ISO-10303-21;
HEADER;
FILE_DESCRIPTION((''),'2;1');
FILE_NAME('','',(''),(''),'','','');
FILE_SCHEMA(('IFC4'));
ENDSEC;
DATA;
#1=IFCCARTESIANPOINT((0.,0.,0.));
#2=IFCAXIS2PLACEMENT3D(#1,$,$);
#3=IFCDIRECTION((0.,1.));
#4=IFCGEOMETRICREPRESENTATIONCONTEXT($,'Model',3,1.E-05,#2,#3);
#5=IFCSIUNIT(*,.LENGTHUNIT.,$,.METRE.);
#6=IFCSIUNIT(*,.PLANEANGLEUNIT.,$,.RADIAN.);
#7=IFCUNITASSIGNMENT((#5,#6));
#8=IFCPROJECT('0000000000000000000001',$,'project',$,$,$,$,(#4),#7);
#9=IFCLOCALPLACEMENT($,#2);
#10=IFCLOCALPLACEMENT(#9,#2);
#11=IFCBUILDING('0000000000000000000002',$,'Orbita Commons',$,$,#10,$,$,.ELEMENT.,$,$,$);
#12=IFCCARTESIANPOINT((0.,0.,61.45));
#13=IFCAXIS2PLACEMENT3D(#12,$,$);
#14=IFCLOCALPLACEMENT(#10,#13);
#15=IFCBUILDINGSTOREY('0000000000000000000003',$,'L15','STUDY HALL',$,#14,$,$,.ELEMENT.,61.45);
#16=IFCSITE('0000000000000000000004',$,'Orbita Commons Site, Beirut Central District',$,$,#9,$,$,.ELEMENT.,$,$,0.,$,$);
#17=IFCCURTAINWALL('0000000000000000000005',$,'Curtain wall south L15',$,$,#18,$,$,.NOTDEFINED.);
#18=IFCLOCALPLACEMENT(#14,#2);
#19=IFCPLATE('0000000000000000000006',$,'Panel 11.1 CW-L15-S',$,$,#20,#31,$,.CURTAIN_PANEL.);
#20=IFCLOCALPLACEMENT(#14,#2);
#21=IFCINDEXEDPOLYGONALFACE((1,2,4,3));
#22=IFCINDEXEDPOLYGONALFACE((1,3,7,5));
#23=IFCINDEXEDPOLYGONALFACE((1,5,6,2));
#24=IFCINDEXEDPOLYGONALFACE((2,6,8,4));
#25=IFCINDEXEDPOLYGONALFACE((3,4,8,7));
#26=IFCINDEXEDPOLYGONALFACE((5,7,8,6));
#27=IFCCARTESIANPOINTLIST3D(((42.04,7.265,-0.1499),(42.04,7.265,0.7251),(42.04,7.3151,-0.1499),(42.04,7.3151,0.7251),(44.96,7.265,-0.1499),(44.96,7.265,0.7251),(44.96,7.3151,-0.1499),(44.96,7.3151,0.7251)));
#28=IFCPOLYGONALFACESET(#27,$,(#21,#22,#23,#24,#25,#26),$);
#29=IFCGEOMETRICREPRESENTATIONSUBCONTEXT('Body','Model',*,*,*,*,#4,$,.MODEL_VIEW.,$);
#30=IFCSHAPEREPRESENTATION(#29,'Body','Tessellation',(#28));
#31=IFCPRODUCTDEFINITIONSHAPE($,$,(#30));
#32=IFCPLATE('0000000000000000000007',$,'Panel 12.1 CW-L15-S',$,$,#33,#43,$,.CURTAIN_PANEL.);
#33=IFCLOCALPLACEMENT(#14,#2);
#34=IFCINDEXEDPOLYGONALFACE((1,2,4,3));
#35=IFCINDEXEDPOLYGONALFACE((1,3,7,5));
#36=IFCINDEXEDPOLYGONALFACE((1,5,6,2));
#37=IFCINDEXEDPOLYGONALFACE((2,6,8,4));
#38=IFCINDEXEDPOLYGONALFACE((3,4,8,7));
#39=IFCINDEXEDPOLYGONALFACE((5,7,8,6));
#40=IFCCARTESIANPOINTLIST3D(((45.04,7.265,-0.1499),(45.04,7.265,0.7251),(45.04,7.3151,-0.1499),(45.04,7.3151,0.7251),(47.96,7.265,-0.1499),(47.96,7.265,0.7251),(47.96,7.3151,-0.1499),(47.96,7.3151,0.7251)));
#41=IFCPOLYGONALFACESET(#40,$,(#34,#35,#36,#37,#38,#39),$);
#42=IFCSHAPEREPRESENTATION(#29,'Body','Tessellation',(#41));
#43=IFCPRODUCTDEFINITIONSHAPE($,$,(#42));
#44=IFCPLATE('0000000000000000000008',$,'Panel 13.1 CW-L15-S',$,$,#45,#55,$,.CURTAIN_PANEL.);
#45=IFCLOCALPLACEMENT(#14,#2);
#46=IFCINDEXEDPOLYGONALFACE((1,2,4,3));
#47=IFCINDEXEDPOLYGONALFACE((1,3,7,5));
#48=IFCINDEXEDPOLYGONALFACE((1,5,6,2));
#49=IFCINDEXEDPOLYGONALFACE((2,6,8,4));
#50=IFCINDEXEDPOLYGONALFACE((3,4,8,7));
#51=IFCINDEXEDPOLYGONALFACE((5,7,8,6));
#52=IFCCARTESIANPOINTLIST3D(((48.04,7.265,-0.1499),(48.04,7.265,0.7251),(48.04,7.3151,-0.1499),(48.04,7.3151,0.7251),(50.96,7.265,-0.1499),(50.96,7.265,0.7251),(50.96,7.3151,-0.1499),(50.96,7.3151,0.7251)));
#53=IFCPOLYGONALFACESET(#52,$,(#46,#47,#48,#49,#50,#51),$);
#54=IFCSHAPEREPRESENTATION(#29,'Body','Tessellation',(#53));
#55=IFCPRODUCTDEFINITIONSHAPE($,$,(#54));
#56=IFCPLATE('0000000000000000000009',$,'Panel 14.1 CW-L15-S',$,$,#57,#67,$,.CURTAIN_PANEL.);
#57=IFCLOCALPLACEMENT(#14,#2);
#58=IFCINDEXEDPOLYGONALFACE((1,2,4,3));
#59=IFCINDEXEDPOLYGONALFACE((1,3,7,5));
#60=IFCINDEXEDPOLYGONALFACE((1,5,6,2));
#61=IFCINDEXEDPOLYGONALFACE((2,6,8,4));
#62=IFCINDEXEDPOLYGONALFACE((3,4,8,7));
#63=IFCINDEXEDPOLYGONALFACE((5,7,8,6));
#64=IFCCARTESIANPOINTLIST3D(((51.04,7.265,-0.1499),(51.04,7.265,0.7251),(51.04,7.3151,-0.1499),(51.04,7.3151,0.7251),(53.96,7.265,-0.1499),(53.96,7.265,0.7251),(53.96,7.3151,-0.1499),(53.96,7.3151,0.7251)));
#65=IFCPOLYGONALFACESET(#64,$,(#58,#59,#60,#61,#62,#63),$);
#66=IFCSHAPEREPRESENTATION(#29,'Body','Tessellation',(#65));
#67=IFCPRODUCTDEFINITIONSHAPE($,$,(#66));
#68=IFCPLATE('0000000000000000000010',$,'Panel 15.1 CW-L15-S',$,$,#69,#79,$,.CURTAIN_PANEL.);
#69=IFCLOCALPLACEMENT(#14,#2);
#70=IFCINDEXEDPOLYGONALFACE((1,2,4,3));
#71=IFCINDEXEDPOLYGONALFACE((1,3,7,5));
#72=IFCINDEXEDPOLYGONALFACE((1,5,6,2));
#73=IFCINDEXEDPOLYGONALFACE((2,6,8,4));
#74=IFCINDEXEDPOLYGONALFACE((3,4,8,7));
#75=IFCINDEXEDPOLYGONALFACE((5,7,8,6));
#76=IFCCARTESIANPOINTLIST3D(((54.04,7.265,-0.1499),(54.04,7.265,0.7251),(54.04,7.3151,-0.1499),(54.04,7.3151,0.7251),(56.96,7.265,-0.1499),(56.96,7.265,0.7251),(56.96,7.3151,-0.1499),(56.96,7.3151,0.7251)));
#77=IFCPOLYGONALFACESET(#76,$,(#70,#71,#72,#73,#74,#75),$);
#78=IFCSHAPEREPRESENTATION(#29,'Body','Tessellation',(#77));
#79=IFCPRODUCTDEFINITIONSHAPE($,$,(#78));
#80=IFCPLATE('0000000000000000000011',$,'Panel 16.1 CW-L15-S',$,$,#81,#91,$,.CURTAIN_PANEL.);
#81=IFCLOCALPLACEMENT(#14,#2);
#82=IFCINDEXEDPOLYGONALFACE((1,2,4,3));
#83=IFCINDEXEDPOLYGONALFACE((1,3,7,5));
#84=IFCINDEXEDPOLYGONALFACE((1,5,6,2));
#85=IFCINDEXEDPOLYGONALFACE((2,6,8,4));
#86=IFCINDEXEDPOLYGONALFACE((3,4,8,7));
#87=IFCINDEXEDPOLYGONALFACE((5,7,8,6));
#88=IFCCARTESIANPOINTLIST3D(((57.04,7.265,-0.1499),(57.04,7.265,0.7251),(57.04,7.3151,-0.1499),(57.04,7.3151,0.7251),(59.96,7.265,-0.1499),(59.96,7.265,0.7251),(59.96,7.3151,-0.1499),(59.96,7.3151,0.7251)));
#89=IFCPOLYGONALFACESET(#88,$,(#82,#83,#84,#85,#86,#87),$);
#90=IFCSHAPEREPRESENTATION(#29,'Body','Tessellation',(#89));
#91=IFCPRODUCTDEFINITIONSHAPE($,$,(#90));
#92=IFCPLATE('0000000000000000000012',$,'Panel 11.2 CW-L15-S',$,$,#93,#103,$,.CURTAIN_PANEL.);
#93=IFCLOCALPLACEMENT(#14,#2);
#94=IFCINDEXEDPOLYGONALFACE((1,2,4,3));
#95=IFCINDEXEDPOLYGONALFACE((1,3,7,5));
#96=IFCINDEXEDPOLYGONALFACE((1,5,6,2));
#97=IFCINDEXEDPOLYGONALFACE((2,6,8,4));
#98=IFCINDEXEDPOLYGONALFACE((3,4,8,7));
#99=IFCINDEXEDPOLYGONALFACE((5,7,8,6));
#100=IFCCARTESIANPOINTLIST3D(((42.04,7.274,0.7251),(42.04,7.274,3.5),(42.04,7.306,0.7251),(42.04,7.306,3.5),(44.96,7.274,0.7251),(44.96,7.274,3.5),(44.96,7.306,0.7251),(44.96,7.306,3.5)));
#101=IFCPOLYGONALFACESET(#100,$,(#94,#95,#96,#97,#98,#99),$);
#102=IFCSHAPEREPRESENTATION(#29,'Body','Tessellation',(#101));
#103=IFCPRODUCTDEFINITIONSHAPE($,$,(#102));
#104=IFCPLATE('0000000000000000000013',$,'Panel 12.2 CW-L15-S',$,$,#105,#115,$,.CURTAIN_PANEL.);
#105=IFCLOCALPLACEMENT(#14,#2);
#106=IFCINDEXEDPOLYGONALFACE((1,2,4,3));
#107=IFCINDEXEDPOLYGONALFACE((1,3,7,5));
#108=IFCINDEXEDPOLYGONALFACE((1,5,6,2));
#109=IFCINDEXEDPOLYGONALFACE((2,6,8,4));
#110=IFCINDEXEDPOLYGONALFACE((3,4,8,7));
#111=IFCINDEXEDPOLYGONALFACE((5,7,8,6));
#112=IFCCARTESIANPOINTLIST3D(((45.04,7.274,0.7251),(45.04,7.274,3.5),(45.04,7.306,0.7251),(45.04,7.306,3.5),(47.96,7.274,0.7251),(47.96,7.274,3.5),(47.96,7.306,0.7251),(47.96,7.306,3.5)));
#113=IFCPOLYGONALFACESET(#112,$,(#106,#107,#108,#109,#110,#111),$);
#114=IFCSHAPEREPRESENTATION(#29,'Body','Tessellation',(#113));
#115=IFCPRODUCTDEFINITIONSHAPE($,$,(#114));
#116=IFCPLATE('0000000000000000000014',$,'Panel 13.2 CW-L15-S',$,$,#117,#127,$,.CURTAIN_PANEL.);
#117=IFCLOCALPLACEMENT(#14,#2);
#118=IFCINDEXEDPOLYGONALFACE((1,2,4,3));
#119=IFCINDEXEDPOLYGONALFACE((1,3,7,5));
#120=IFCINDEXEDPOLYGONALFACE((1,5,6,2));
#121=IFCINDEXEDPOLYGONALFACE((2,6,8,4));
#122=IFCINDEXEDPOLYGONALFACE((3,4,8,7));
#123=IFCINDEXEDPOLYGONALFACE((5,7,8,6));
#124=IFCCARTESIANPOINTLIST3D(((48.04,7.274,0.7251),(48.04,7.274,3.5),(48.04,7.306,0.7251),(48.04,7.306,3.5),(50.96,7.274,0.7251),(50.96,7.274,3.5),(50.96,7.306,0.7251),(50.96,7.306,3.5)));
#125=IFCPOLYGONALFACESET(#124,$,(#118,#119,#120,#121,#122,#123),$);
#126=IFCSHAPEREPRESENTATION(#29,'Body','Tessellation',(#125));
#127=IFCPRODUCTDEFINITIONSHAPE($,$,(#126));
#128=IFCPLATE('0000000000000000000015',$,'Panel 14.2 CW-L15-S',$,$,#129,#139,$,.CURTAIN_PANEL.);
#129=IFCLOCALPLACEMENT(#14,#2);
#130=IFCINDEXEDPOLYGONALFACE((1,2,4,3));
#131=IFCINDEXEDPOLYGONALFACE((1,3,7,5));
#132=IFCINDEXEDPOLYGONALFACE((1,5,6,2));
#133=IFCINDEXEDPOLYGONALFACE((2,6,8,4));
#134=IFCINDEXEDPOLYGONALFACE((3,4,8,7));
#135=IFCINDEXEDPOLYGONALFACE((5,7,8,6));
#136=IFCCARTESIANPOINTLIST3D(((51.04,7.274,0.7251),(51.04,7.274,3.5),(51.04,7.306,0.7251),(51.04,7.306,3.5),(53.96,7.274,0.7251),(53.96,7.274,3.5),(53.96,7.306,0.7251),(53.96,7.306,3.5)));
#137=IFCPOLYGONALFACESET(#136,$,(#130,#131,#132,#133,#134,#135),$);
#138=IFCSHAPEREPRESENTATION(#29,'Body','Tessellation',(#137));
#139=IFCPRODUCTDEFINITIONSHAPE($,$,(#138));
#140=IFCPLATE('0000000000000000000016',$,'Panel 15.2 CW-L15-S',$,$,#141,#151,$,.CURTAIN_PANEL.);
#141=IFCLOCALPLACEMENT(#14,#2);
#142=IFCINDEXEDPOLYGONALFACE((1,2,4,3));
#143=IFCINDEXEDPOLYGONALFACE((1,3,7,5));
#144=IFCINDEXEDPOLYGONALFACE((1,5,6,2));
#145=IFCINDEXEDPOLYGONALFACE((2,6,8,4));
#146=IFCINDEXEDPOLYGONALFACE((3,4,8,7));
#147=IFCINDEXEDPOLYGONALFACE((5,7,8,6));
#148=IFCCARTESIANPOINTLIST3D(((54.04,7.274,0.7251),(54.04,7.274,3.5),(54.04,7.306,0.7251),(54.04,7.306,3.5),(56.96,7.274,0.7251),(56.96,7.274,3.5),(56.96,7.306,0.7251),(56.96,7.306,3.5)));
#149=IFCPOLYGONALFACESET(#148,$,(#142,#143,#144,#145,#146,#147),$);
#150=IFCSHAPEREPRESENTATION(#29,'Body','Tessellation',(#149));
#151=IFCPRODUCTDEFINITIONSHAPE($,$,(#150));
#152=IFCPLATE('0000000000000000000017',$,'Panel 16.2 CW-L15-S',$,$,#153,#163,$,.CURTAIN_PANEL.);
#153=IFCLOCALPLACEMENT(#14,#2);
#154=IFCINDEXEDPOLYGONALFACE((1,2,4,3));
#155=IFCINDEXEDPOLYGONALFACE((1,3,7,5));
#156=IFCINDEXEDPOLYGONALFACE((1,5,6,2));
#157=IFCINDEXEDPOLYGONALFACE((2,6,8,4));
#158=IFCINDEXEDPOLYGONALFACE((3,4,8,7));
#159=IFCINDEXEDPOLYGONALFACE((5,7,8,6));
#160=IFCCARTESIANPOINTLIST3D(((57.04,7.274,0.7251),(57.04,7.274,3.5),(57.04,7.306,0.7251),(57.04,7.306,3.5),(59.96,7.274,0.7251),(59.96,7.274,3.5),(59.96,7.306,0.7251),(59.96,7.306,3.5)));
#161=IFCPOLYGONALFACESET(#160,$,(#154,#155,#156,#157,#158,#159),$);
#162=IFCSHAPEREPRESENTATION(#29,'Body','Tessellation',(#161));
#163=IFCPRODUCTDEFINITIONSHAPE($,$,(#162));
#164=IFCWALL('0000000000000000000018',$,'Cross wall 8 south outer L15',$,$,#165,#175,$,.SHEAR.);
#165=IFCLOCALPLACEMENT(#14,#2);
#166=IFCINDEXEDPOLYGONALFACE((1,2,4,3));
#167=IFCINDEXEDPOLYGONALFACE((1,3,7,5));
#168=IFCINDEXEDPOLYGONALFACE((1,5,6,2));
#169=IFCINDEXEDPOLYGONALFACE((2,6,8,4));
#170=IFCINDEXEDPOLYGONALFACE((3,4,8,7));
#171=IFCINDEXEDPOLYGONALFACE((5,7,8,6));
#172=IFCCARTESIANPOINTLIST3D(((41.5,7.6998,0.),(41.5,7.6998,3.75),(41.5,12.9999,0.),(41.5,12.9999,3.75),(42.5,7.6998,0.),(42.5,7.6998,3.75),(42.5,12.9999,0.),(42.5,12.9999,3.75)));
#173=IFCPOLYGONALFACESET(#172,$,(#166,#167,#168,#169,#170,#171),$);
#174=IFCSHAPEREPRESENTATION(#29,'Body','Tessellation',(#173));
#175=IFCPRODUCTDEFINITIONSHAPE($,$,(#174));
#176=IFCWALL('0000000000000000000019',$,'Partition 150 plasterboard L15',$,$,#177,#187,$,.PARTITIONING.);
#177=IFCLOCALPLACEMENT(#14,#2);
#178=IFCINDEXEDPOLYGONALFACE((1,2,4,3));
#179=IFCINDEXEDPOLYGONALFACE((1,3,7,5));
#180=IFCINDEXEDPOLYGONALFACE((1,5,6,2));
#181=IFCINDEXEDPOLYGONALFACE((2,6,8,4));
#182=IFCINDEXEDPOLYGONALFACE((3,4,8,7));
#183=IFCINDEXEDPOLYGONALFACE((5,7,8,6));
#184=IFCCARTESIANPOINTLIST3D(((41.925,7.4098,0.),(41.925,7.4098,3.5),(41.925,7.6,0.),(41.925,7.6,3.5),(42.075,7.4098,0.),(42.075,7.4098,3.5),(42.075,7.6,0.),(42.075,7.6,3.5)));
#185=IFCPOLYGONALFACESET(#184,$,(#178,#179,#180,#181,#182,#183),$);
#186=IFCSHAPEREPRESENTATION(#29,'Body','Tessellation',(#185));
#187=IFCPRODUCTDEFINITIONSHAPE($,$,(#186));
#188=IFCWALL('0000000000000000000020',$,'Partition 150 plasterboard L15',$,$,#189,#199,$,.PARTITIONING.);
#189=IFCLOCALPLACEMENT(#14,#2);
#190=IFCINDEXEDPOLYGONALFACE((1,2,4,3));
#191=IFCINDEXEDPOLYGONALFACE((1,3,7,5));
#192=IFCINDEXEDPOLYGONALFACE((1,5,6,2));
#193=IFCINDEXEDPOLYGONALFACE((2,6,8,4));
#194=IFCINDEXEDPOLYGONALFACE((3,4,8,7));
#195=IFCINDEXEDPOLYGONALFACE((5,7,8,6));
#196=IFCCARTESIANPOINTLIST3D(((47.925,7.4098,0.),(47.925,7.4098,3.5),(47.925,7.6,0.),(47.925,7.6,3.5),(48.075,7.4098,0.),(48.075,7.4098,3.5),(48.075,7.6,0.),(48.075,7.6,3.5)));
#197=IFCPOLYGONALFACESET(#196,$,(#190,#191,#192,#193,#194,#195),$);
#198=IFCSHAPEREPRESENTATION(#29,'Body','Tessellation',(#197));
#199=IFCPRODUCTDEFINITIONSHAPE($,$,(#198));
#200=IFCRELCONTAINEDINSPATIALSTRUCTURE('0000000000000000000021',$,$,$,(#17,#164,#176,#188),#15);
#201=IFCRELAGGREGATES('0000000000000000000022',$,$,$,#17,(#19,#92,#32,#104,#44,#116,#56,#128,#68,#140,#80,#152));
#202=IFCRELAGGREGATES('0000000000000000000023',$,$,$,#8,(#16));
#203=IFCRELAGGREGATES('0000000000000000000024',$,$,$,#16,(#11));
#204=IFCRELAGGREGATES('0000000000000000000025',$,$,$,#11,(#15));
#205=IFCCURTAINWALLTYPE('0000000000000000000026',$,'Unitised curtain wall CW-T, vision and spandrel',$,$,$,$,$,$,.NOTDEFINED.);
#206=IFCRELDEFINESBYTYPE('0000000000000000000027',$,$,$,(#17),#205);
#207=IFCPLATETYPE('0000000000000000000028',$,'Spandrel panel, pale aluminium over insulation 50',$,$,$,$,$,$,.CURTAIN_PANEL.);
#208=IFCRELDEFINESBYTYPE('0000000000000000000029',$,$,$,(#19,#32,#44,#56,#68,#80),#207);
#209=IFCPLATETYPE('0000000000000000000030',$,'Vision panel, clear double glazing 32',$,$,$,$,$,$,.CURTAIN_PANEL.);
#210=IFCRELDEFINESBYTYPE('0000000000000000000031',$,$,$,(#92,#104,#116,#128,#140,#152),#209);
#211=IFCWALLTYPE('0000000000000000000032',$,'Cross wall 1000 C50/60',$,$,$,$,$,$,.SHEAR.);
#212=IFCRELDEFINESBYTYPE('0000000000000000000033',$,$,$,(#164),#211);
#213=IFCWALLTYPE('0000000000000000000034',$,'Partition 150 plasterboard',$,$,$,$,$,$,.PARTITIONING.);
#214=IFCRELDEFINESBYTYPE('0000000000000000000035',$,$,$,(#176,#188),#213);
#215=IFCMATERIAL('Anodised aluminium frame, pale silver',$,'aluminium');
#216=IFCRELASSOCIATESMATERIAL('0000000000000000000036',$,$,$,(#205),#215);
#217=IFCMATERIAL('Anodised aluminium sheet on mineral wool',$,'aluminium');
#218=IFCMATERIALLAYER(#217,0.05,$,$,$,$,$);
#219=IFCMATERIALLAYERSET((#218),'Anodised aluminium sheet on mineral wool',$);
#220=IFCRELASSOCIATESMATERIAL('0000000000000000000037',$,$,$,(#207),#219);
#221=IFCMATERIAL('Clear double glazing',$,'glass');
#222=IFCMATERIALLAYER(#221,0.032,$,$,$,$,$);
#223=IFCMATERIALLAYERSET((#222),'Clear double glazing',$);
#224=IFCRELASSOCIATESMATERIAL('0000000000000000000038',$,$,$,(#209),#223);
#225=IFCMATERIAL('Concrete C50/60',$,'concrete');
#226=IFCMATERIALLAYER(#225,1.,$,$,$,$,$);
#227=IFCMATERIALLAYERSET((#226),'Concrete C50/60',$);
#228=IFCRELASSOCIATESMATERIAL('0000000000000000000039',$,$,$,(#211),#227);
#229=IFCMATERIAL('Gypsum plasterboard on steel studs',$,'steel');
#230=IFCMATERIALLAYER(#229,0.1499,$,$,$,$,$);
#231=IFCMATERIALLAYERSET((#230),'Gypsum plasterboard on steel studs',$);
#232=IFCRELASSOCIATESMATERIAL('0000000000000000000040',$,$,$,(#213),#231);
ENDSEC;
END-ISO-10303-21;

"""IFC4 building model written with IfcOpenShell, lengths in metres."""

from ifc_helpers import new_model, si_unit, direction, frame, frame_2d, origin, origin_2d, place, context, subcontext, project, spatial, rectangle, extrude, material, layer, layer_set, type_object, element, aggregate, save


model = new_model("IFC4")

# Units and contexts
model_context = context("Model", 3, precision=1e-05, world=origin(), true_north=direction((0.0, 1.0)))
body_context = subcontext(model_context, "Body", "Model", "MODEL_VIEW")
ifc_project = project(units=[si_unit("LENGTHUNIT", "METRE"), si_unit("PLANEANGLEUNIT", "RADIAN")], contexts=[model_context])

# Site, building, storey
site_placement = place(None, origin())
site = spatial("IfcSite", under=ifc_project, at=site_placement, Name="Orbita Commons Site, Beirut Central District", CompositionType="ELEMENT", RefElevation=0.0)
building_placement = place(site_placement, origin())
building = spatial("IfcBuilding", under=site, at=building_placement, Name="Orbita Commons", CompositionType="ELEMENT")
storey_placement = place(building_placement, frame((0.0, 0.0, 61.45)))
storey = spatial("IfcBuildingStorey", under=building, at=storey_placement, Name="L15", Description="STUDY HALL", CompositionType="ELEMENT", Elevation=61.45)

# Curtain wall, plates
ifc_material_1 = material(Name="Anodised aluminium frame, pale silver", Category="aluminium")
curtain_wall_type = type_object("IfcCurtainWallType", Name="Unitised curtain wall CW-T, vision and spandrel", PredefinedType="NOTDEFINED", material=ifc_material_1)
curtain_wall_placement = place(storey_placement, origin())
curtain_wall = element("IfcCurtainWall", 1, at=curtain_wall_placement, inside=storey, type_object=curtain_wall_type, Name="Curtain wall south L15", PredefinedType="NOTDEFINED")
ifc_material_2 = material(Name="Anodised aluminium sheet on mineral wool", Category="aluminium")
ifc_layer_1 = layer(ifc_material_2, 0.05)
ifc_layer_set_1 = layer_set([ifc_layer_1], Name="Anodised aluminium sheet on mineral wool")
plate_type_1 = type_object("IfcPlateType", Name="Spandrel panel, pale aluminium over insulation 50", PredefinedType="CURTAIN_PANEL", material=ifc_layer_set_1)
plate_1_placement = place(storey_placement, frame((43.5, 7.29, -0.1499), z_axis=(0.0, 0.0, 1.0), x_axis=(1.0, 0.0, 0.0)))
plate_1 = element("IfcPlate", 2, at=plate_1_placement, type_object=plate_type_1, Name="Panel 11.1 CW-L15-S", PredefinedType="CURTAIN_PANEL", context=body_context, shape_type="SweptSolid", body=[
    extrude(rectangle(XDim=2.9199, YDim=0.05, at=origin_2d()), origin(), (0.0, 0.0, 1.0), 0.875),
])
plate_2_placement = place(storey_placement, frame((46.5, 7.29, -0.1499), z_axis=(0.0, 0.0, 1.0), x_axis=(1.0, 0.0, 0.0)))
plate_2 = element("IfcPlate", 3, at=plate_2_placement, type_object=plate_type_1, Name="Panel 12.1 CW-L15-S", PredefinedType="CURTAIN_PANEL", context=body_context, shape_type="SweptSolid", body=[
    extrude(rectangle(XDim=2.9199, YDim=0.05, at=origin_2d()), origin(), (0.0, 0.0, 1.0), 0.875),
])
plate_3_placement = place(storey_placement, frame((49.5, 7.29, -0.1499), z_axis=(0.0, 0.0, 1.0), x_axis=(1.0, 0.0, 0.0)))
plate_3 = element("IfcPlate", 4, at=plate_3_placement, type_object=plate_type_1, Name="Panel 13.1 CW-L15-S", PredefinedType="CURTAIN_PANEL", context=body_context, shape_type="SweptSolid", body=[
    extrude(rectangle(XDim=2.9199, YDim=0.05, at=origin_2d()), origin(), (0.0, 0.0, 1.0), 0.875),
])
plate_4_placement = place(storey_placement, frame((52.5, 7.29, -0.1499), z_axis=(0.0, 0.0, 1.0), x_axis=(1.0, 0.0, 0.0)))
plate_4 = element("IfcPlate", 5, at=plate_4_placement, type_object=plate_type_1, Name="Panel 14.1 CW-L15-S", PredefinedType="CURTAIN_PANEL", context=body_context, shape_type="SweptSolid", body=[
    extrude(rectangle(XDim=2.9199, YDim=0.05, at=origin_2d()), origin(), (0.0, 0.0, 1.0), 0.875),
])
plate_5_placement = place(storey_placement, frame((55.5, 7.29, -0.1499), z_axis=(0.0, 0.0, 1.0), x_axis=(1.0, 0.0, 0.0)))
plate_5 = element("IfcPlate", 6, at=plate_5_placement, type_object=plate_type_1, Name="Panel 15.1 CW-L15-S", PredefinedType="CURTAIN_PANEL", context=body_context, shape_type="SweptSolid", body=[
    extrude(rectangle(XDim=2.9199, YDim=0.05, at=origin_2d()), origin(), (0.0, 0.0, 1.0), 0.875),
])
plate_6_placement = place(storey_placement, frame((58.5, 7.29, -0.1499), z_axis=(0.0, 0.0, 1.0), x_axis=(1.0, 0.0, 0.0)))
plate_6 = element("IfcPlate", 7, at=plate_6_placement, type_object=plate_type_1, Name="Panel 16.1 CW-L15-S", PredefinedType="CURTAIN_PANEL", context=body_context, shape_type="SweptSolid", body=[
    extrude(rectangle(XDim=2.9199, YDim=0.05, at=origin_2d()), origin(), (0.0, 0.0, 1.0), 0.875),
])
ifc_material_3 = material(Name="Clear double glazing", Category="glass")
ifc_layer_2 = layer(ifc_material_3, 0.032)
ifc_layer_set_2 = layer_set([ifc_layer_2], Name="Clear double glazing")
plate_type_2 = type_object("IfcPlateType", Name="Vision panel, clear double glazing 32", PredefinedType="CURTAIN_PANEL", material=ifc_layer_set_2)
plate_7_placement = place(storey_placement, frame((43.5, 7.29, 0.7251), z_axis=(0.0, 0.0, 1.0), x_axis=(1.0, 0.0, 0.0)))
plate_7 = element("IfcPlate", 8, at=plate_7_placement, type_object=plate_type_2, Name="Panel 11.2 CW-L15-S", PredefinedType="CURTAIN_PANEL", context=body_context, shape_type="SweptSolid", body=[
    extrude(rectangle(XDim=2.9199, YDim=0.032, at=origin_2d()), origin(), (0.0, 0.0, 1.0), 2.7749),
])
plate_8_placement = place(storey_placement, frame((46.5, 7.29, 0.7251), z_axis=(0.0, 0.0, 1.0), x_axis=(1.0, 0.0, 0.0)))
plate_8 = element("IfcPlate", 9, at=plate_8_placement, type_object=plate_type_2, Name="Panel 12.2 CW-L15-S", PredefinedType="CURTAIN_PANEL", context=body_context, shape_type="SweptSolid", body=[
    extrude(rectangle(XDim=2.9199, YDim=0.032, at=origin_2d()), origin(), (0.0, 0.0, 1.0), 2.7749),
])
plate_9_placement = place(storey_placement, frame((49.5, 7.29, 0.7251), z_axis=(0.0, 0.0, 1.0), x_axis=(1.0, 0.0, 0.0)))
plate_9 = element("IfcPlate", 10, at=plate_9_placement, type_object=plate_type_2, Name="Panel 13.2 CW-L15-S", PredefinedType="CURTAIN_PANEL", context=body_context, shape_type="SweptSolid", body=[
    extrude(rectangle(XDim=2.9199, YDim=0.032, at=origin_2d()), origin(), (0.0, 0.0, 1.0), 2.7749),
])
plate_10_placement = place(storey_placement, frame((52.5, 7.29, 0.7251), z_axis=(0.0, 0.0, 1.0), x_axis=(1.0, 0.0, 0.0)))
plate_10 = element("IfcPlate", 11, at=plate_10_placement, type_object=plate_type_2, Name="Panel 14.2 CW-L15-S", PredefinedType="CURTAIN_PANEL", context=body_context, shape_type="SweptSolid", body=[
    extrude(rectangle(XDim=2.9199, YDim=0.032, at=origin_2d()), origin(), (0.0, 0.0, 1.0), 2.7749),
])
plate_11_placement = place(storey_placement, frame((55.5, 7.29, 0.7251), z_axis=(0.0, 0.0, 1.0), x_axis=(1.0, 0.0, 0.0)))
plate_11 = element("IfcPlate", 12, at=plate_11_placement, type_object=plate_type_2, Name="Panel 15.2 CW-L15-S", PredefinedType="CURTAIN_PANEL", context=body_context, shape_type="SweptSolid", body=[
    extrude(rectangle(XDim=2.9199, YDim=0.032, at=origin_2d()), origin(), (0.0, 0.0, 1.0), 2.7749),
])
plate_12_placement = place(storey_placement, frame((58.5, 7.29, 0.7251), z_axis=(0.0, 0.0, 1.0), x_axis=(1.0, 0.0, 0.0)))
plate_12 = element("IfcPlate", 13, at=plate_12_placement, type_object=plate_type_2, Name="Panel 16.2 CW-L15-S", PredefinedType="CURTAIN_PANEL", context=body_context, shape_type="SweptSolid", body=[
    extrude(rectangle(XDim=2.9199, YDim=0.032, at=origin_2d()), origin(), (0.0, 0.0, 1.0), 2.7749),
])
aggregate(curtain_wall, [plate_1, plate_7, plate_2, plate_8, plate_3, plate_9, plate_4, plate_10, plate_5, plate_11, plate_6, plate_12])

# Walls
ifc_material_4 = material(Name="Concrete C50/60", Category="concrete")
ifc_layer_3 = layer(ifc_material_4, 1.0)
ifc_layer_set_3 = layer_set([ifc_layer_3], Name="Concrete C50/60")
wall_type_1 = type_object("IfcWallType", Name="Cross wall 1000 C50/60", PredefinedType="SHEAR", material=ifc_layer_set_3)
wall_1_placement = place(storey_placement, frame((42.0, 7.7, 0.0), z_axis=(0.0, 0.0, 1.0), x_axis=(0.0, 1.0, 0.0)))
element("IfcWall", 14, at=wall_1_placement, inside=storey, type_object=wall_type_1, Name="Cross wall 8 south outer L15", PredefinedType="SHEAR", context=body_context, shape_type="SweptSolid", body=[
    extrude(rectangle(XDim=5.3, YDim=1.0, at=frame_2d((2.6499, 0.0))), origin(), (0.0, 0.0, 1.0), 3.75),
])
ifc_material_5 = material(Name="Gypsum plasterboard on steel studs", Category="steel")
ifc_layer_4 = layer(ifc_material_5, 0.1499)
ifc_layer_set_4 = layer_set([ifc_layer_4], Name="Gypsum plasterboard on steel studs")
wall_type_2 = type_object("IfcWallType", Name="Partition 150 plasterboard", PredefinedType="PARTITIONING", material=ifc_layer_set_4)
for number, where, z_axis, x_axis, name in (
    (15, (42.0, 7.6001, 0.0), (0.0, 0.0, 1.0), (0.0, -1.0, 0.0), "Partition 150 plasterboard L15"),
    (16, (48.0, 7.6001, 0.0), (0.0, 0.0, 1.0), (0.0, -1.0, 0.0), "Partition 150 plasterboard L15"),
):
    element("IfcWall", number, at=place(storey_placement, frame(where, z_axis=z_axis, x_axis=x_axis)), inside=storey, type_object=wall_type_2, Name=name, PredefinedType="PARTITIONING", context=body_context, shape_type="SweptSolid", body=[
        extrude(rectangle(XDim=0.1902, YDim=0.1499, at=frame_2d((0.0952, 0.0))), origin(), (0.0, 0.0, 1.0), 3.5),
    ])

save(model, "model.ifc")
